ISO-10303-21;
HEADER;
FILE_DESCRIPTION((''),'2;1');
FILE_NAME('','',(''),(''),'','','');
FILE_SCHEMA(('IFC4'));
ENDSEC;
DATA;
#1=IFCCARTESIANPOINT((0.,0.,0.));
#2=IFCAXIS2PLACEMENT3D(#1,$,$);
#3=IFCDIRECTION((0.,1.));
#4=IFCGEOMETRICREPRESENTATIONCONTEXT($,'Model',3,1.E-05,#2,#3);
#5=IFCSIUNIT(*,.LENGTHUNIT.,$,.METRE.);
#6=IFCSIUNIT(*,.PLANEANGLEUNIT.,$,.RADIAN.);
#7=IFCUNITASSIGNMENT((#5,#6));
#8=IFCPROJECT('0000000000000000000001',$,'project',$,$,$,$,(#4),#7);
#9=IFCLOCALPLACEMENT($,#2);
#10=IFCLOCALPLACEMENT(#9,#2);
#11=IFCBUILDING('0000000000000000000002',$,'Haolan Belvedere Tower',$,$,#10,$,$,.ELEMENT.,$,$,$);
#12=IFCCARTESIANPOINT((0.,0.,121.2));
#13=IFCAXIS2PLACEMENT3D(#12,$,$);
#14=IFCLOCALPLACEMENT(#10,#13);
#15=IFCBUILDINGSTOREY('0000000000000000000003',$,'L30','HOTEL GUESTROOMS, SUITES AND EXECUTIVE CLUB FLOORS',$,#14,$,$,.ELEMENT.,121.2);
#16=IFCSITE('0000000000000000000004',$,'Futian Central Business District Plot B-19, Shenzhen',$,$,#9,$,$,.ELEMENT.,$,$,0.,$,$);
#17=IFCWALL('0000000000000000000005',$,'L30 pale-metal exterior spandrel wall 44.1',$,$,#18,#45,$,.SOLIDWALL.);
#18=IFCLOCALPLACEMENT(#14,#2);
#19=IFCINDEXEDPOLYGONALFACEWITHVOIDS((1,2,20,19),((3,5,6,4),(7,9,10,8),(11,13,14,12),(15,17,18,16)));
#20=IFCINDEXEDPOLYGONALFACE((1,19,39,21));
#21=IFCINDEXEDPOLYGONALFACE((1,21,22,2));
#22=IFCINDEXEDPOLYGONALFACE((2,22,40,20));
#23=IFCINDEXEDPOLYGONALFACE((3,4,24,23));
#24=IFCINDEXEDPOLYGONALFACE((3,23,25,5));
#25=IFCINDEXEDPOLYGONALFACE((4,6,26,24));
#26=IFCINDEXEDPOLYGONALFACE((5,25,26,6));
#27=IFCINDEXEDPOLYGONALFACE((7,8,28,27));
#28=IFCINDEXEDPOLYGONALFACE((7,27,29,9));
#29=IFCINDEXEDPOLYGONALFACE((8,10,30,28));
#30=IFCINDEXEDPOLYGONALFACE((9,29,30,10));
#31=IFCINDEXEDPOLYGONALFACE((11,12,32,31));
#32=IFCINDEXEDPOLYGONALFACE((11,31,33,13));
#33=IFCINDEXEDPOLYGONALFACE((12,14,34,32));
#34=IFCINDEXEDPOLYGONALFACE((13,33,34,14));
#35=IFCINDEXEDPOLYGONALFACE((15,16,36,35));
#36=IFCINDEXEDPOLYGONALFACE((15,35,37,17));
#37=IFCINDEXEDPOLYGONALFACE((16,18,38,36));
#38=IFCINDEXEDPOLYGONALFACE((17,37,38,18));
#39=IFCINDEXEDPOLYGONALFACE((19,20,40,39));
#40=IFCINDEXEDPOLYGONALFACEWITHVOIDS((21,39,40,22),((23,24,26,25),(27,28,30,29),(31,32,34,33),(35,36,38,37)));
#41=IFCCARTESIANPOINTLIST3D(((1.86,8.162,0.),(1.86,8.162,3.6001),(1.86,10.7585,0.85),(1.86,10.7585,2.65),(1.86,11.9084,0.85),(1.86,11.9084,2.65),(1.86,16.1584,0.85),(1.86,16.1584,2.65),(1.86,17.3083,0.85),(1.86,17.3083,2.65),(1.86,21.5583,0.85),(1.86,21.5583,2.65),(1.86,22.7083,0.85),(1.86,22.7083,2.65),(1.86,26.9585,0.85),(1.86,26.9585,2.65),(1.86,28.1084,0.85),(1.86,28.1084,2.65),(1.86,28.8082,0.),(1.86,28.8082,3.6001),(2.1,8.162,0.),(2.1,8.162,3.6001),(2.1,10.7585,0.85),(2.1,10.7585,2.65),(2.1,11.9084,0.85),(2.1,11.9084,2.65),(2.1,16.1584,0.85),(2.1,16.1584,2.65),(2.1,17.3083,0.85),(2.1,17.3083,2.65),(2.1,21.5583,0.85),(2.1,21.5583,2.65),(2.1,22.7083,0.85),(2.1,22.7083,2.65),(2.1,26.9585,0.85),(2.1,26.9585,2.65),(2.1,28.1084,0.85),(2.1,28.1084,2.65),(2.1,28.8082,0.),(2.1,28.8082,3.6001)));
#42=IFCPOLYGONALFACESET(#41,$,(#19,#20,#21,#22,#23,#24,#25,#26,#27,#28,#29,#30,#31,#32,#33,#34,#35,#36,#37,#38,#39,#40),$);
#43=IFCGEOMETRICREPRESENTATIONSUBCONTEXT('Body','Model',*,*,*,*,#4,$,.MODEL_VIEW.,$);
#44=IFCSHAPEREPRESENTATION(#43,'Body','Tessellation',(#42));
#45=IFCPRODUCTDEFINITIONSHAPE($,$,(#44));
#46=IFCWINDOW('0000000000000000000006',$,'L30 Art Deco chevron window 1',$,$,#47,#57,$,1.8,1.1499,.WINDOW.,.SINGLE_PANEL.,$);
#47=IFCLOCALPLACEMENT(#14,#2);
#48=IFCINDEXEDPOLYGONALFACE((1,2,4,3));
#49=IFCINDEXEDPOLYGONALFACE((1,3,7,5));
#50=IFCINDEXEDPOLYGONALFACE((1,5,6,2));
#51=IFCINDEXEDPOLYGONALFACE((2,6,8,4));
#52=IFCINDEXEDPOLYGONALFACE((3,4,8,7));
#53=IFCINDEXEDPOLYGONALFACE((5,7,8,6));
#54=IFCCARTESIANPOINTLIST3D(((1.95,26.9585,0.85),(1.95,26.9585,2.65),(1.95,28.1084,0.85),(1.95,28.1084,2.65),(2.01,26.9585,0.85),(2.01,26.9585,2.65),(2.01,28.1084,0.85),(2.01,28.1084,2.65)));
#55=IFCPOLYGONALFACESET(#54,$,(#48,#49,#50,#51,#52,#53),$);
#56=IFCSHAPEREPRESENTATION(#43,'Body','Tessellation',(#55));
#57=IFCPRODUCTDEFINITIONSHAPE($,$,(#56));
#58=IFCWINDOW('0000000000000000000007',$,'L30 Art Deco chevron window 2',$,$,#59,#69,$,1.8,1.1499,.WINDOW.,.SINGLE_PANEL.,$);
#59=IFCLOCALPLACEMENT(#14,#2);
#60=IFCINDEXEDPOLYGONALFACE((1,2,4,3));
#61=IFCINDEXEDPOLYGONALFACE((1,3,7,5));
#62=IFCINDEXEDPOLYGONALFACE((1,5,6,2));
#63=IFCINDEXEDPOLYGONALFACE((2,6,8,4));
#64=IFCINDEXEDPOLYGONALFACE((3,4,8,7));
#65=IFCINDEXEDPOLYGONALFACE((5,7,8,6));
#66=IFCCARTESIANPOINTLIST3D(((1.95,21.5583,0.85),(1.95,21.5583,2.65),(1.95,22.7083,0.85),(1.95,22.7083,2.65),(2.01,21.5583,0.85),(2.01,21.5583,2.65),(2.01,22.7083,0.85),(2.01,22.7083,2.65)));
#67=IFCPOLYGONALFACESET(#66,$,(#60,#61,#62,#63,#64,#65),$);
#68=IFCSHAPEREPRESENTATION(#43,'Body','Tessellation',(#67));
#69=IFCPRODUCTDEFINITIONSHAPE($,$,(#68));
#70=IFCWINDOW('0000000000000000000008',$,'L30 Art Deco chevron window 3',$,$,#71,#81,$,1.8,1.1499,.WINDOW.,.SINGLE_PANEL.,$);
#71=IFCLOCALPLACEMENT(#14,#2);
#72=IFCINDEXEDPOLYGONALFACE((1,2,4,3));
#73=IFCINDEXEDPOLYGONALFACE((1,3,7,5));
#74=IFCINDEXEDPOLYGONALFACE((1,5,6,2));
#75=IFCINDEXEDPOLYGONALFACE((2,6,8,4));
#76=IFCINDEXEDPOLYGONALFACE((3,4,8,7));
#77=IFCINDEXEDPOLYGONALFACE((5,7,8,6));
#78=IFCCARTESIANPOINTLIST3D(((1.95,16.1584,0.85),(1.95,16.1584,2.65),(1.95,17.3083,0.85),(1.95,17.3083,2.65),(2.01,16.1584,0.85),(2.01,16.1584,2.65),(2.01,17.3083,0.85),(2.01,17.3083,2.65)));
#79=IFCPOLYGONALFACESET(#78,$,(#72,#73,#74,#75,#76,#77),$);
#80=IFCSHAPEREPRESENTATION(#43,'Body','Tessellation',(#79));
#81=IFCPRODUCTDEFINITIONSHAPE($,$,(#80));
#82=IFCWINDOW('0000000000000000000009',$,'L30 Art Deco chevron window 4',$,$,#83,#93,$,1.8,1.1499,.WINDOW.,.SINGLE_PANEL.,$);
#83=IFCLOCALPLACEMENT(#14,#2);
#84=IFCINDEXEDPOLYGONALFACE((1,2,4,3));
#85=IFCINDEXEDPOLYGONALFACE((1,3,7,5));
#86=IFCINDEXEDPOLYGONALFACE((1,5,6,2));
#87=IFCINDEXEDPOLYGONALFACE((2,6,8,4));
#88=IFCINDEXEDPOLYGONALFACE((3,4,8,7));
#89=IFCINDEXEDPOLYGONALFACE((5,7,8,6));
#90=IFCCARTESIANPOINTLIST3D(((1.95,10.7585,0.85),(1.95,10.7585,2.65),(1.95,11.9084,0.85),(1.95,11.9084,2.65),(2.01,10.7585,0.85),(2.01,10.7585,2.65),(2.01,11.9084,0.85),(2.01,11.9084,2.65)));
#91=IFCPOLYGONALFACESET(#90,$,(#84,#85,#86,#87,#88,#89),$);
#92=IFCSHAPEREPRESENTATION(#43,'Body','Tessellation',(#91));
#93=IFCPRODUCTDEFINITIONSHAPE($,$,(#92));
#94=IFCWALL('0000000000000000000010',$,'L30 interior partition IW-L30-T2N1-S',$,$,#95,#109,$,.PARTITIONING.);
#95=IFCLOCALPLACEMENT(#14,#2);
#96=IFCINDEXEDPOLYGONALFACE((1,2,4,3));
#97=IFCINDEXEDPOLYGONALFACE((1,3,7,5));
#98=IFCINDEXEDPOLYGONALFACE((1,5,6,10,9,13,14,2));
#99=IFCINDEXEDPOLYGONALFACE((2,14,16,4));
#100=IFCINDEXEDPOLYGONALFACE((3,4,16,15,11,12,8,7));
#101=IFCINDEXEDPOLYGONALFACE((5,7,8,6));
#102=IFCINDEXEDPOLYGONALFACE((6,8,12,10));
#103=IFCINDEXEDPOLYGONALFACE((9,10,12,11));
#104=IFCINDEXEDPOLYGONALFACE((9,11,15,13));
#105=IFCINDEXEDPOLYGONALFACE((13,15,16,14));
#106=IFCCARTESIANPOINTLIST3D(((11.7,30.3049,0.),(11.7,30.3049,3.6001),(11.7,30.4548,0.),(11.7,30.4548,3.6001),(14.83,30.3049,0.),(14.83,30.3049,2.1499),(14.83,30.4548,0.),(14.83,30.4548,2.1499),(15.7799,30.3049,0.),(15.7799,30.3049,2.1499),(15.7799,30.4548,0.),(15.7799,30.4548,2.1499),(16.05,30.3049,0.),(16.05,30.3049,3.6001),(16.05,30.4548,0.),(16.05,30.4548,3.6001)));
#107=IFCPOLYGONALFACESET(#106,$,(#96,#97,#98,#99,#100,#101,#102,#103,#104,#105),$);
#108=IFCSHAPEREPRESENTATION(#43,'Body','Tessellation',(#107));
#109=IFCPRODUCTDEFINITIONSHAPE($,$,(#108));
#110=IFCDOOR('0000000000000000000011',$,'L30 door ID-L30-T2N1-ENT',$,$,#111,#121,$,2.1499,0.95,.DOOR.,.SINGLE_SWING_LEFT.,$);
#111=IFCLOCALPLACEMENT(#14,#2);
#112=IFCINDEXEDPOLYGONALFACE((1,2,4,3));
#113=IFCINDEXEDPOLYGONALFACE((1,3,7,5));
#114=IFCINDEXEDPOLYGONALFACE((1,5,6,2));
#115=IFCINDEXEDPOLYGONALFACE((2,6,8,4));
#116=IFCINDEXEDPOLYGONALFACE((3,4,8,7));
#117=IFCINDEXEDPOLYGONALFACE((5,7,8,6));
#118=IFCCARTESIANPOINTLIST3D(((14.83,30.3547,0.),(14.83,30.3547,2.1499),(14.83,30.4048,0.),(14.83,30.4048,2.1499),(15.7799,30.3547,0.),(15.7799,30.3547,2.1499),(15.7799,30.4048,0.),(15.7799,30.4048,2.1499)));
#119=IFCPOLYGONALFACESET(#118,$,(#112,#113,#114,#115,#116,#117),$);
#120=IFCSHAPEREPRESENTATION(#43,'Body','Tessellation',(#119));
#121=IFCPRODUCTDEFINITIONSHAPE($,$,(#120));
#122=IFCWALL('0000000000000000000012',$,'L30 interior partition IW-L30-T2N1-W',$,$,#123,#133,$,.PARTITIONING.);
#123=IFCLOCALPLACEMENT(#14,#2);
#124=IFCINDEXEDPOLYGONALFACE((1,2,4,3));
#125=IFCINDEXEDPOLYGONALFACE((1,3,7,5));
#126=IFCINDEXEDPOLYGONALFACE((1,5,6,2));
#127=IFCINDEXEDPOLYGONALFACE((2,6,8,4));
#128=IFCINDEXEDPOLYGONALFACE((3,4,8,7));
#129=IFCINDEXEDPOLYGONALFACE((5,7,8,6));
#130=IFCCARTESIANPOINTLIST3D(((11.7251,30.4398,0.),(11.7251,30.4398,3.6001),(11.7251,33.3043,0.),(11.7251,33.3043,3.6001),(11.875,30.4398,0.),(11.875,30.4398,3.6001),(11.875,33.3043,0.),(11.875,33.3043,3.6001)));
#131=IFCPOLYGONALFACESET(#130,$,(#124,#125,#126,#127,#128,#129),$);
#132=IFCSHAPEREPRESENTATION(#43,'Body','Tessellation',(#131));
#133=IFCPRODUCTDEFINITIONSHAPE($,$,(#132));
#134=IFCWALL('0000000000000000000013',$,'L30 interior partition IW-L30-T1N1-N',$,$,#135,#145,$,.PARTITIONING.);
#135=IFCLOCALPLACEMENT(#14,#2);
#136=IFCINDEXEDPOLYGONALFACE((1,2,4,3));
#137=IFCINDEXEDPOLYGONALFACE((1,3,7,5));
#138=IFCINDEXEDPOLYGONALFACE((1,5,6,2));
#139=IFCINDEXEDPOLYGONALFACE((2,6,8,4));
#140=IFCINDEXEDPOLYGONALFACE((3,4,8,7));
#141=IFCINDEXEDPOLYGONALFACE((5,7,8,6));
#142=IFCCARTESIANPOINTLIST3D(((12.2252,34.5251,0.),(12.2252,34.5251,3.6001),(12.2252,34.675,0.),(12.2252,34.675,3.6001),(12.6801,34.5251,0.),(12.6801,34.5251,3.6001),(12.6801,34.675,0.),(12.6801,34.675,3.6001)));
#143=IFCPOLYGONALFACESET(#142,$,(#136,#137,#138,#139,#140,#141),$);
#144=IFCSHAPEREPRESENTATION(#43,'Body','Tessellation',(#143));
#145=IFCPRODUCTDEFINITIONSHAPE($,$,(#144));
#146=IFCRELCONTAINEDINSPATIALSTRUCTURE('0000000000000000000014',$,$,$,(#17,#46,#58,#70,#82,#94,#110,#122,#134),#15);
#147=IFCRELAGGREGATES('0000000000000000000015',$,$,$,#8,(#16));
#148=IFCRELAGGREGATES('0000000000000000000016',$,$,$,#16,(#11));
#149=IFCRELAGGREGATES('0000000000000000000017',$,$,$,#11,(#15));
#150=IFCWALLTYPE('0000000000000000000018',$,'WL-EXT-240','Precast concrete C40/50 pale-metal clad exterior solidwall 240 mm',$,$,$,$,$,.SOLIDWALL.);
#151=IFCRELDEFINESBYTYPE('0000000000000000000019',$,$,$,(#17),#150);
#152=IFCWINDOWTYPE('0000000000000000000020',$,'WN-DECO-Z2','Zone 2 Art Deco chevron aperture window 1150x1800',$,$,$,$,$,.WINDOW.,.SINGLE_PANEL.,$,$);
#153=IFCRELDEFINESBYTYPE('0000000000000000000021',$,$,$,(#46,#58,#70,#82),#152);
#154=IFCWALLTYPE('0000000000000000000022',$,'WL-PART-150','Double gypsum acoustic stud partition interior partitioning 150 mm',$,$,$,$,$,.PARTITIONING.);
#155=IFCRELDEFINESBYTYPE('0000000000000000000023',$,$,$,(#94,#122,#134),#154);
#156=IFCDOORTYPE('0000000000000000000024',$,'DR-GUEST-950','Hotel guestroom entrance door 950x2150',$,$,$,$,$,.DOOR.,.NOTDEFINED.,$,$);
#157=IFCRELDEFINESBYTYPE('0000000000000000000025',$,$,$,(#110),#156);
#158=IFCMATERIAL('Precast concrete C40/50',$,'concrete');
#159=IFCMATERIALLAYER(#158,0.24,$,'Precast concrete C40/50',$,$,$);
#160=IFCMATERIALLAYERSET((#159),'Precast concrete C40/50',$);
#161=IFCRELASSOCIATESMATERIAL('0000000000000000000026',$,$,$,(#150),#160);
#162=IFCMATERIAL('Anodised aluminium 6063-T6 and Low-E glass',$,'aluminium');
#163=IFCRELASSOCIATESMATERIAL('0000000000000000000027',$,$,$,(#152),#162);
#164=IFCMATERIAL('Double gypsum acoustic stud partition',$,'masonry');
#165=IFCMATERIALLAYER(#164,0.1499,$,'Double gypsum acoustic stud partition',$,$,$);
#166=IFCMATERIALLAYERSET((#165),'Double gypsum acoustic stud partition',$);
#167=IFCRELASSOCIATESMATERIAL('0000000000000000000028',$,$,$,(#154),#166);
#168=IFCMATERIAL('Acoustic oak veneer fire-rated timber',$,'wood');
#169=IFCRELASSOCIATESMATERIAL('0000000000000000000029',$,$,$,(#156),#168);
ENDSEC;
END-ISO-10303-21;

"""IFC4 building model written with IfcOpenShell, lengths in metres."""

from ifc_helpers import new_model, si_unit, direction, frame, frame_2d, origin, place, context, subcontext, project, spatial, rectangle, extrude, material, layer, layer_set, type_object, element, fill, save


model = new_model("IFC4")

# Units and contexts
model_context = context("Model", 3, precision=1e-05, world=origin(), true_north=direction((0.0, 1.0)))
body_context = subcontext(model_context, "Body", "Model", "MODEL_VIEW")
ifc_project = project(units=[si_unit("LENGTHUNIT", "METRE"), si_unit("PLANEANGLEUNIT", "RADIAN")], contexts=[model_context])

# Site, building, storey
site_placement = place(None, origin())
site = spatial("IfcSite", under=ifc_project, at=site_placement, Name="Futian Central Business District Plot B-19, Shenzhen", CompositionType="ELEMENT", RefElevation=0.0)
building_placement = place(site_placement, origin())
building = spatial("IfcBuilding", under=site, at=building_placement, Name="Haolan Belvedere Tower", CompositionType="ELEMENT")
storey_placement = place(building_placement, frame((0.0, 0.0, 121.2)))
storey = spatial("IfcBuildingStorey", under=building, at=storey_placement, Name="L30", Description="HOTEL GUESTROOMS, SUITES AND EXECUTIVE CLUB FLOORS", CompositionType="ELEMENT", Elevation=121.2)

# Shared definitions
ifc_material_1 = material(Name="Precast concrete C40/50", Category="concrete")
ifc_layer_1 = layer(ifc_material_1, 0.24, Name="Precast concrete C40/50")
ifc_layer_set_1 = layer_set([ifc_layer_1], Name="Precast concrete C40/50")
wall_type_1 = type_object("IfcWallType", Name="WL-EXT-240", Description="Precast concrete C40/50 pale-metal clad exterior solidwall 240 mm", PredefinedType="SOLIDWALL", material=ifc_layer_set_1)

# Shared definitions
ifc_material_2 = material(Name="Anodised aluminium 6063-T6 and Low-E glass", Category="aluminium")
window_type = type_object("IfcWindowType", Name="WN-DECO-Z2", Description="Zone 2 Art Deco chevron aperture window 1150x1800", PartitioningType="SINGLE_PANEL", PredefinedType="WINDOW", material=ifc_material_2)

# Wall, openings, windows
wall_1_placement = place(storey_placement, frame((1.98, 28.8083, 0.0), z_axis=(0.0, 0.0, 1.0), x_axis=(0.0, -1.0, 0.0)))
wall_1 = element("IfcWall", 1, at=wall_1_placement, inside=storey, type_object=wall_type_1, Name="L30 pale-metal exterior spandrel wall 44.1", PredefinedType="SOLIDWALL", context=body_context, shape_type="SweptSolid", body=[
    extrude(rectangle(XDim=20.6462, YDim=0.24, at=frame_2d((10.3232, 0.0))), origin(), (0.0, 0.0, 1.0), 3.6001),
])
opening_1_placement = place(wall_1_placement, frame((0.7, 0.0, 0.8501)))
opening_1 = element("IfcOpeningElement", 2, at=opening_1_placement, cuts=wall_1, PredefinedType="OPENING", context=body_context, shape_type="SweptSolid", body=[
    extrude(rectangle(XDim=1.1499, YDim=1.8, at=frame_2d((0.575, 0.8999))), frame((0.0, 0.1299, 0.0), z_axis=(0.0, -1.0, 0.0), x_axis=(1.0, 0.0, 0.0)), (0.0, 0.0, 1.0), 0.26),
])
opening_2_placement = place(wall_1_placement, frame((6.1001, 0.0, 0.8501)))
opening_2 = element("IfcOpeningElement", 3, at=opening_2_placement, cuts=wall_1, PredefinedType="OPENING", context=body_context, shape_type="SweptSolid", body=[
    extrude(rectangle(XDim=1.1499, YDim=1.8, at=frame_2d((0.575, 0.8999))), frame((0.0, 0.1299, 0.0), z_axis=(0.0, -1.0, 0.0), x_axis=(1.0, 0.0, 0.0)), (0.0, 0.0, 1.0), 0.26),
])
opening_3_placement = place(wall_1_placement, frame((11.5, 0.0, 0.8501)))
opening_3 = element("IfcOpeningElement", 4, at=opening_3_placement, cuts=wall_1, PredefinedType="OPENING", context=body_context, shape_type="SweptSolid", body=[
    extrude(rectangle(XDim=1.1499, YDim=1.8, at=frame_2d((0.575, 0.8999))), frame((0.0, 0.1299, 0.0), z_axis=(0.0, -1.0, 0.0), x_axis=(1.0, 0.0, 0.0)), (0.0, 0.0, 1.0), 0.26),
])
opening_4_placement = place(wall_1_placement, frame((16.8999, 0.0, 0.8501)))
opening_4 = element("IfcOpeningElement", 5, at=opening_4_placement, cuts=wall_1, PredefinedType="OPENING", context=body_context, shape_type="SweptSolid", body=[
    extrude(rectangle(XDim=1.1499, YDim=1.8, at=frame_2d((0.575, 0.8999))), frame((0.0, 0.1299, 0.0), z_axis=(0.0, -1.0, 0.0), x_axis=(1.0, 0.0, 0.0)), (0.0, 0.0, 1.0), 0.26),
])
window_1_placement = place(opening_1_placement, origin())
window_1 = element("IfcWindow", 6, at=window_1_placement, inside=storey, type_object=window_type, Name="L30 Art Deco chevron window 1", OverallHeight=1.8, OverallWidth=1.1499, PartitioningType="SINGLE_PANEL", PredefinedType="WINDOW", context=body_context, shape_type="SweptSolid", body=[
    extrude(rectangle(XDim=1.1499, YDim=1.8, at=frame_2d((0.575, 0.8999))), frame((0.0, 0.03, 0.0), z_axis=(0.0, -1.0, 0.0), x_axis=(1.0, 0.0, 0.0)), (0.0, 0.0, 1.0), 0.0601),
])
fill(opening_1, window_1)
window_2_placement = place(opening_2_placement, origin())
window_2 = element("IfcWindow", 7, at=window_2_placement, inside=storey, type_object=window_type, Name="L30 Art Deco chevron window 2", OverallHeight=1.8, OverallWidth=1.1499, PartitioningType="SINGLE_PANEL", PredefinedType="WINDOW", context=body_context, shape_type="SweptSolid", body=[
    extrude(rectangle(XDim=1.1499, YDim=1.8, at=frame_2d((0.575, 0.8999))), frame((0.0, 0.03, 0.0), z_axis=(0.0, -1.0, 0.0), x_axis=(1.0, 0.0, 0.0)), (0.0, 0.0, 1.0), 0.0601),
])
fill(opening_2, window_2)
window_3_placement = place(opening_3_placement, origin())
window_3 = element("IfcWindow", 8, at=window_3_placement, inside=storey, type_object=window_type, Name="L30 Art Deco chevron window 3", OverallHeight=1.8, OverallWidth=1.1499, PartitioningType="SINGLE_PANEL", PredefinedType="WINDOW", context=body_context, shape_type="SweptSolid", body=[
    extrude(rectangle(XDim=1.1499, YDim=1.8, at=frame_2d((0.575, 0.8999))), frame((0.0, 0.03, 0.0), z_axis=(0.0, -1.0, 0.0), x_axis=(1.0, 0.0, 0.0)), (0.0, 0.0, 1.0), 0.0601),
])
fill(opening_3, window_3)
window_4_placement = place(opening_4_placement, origin())
window_4 = element("IfcWindow", 9, at=window_4_placement, inside=storey, type_object=window_type, Name="L30 Art Deco chevron window 4", OverallHeight=1.8, OverallWidth=1.1499, PartitioningType="SINGLE_PANEL", PredefinedType="WINDOW", context=body_context, shape_type="SweptSolid", body=[
    extrude(rectangle(XDim=1.1499, YDim=1.8, at=frame_2d((0.575, 0.8999))), frame((0.0, 0.03, 0.0), z_axis=(0.0, -1.0, 0.0), x_axis=(1.0, 0.0, 0.0)), (0.0, 0.0, 1.0), 0.0601),
])
fill(opening_4, window_4)

# Wall, opening, door
ifc_material_3 = material(Name="Double gypsum acoustic stud partition", Category="masonry")
ifc_layer_2 = layer(ifc_material_3, 0.1499, Name="Double gypsum acoustic stud partition")
ifc_layer_set_2 = layer_set([ifc_layer_2], Name="Double gypsum acoustic stud partition")
wall_type_2 = type_object("IfcWallType", Name="WL-PART-150", Description="Double gypsum acoustic stud partition interior partitioning 150 mm", PredefinedType="PARTITIONING", material=ifc_layer_set_2)
wall_2_placement = place(storey_placement, frame((11.7, 30.3799, 0.0), z_axis=(0.0, 0.0, 1.0), x_axis=(1.0, 0.0, 0.0)))
wall_2 = element("IfcWall", 10, at=wall_2_placement, inside=storey, type_object=wall_type_2, Name="L30 interior partition IW-L30-T2N1-S", PredefinedType="PARTITIONING", context=body_context, shape_type="SweptSolid", body=[
    extrude(rectangle(XDim=4.3501, YDim=0.1499, at=frame_2d((2.175, 0.0))), origin(), (0.0, 0.0, 1.0), 3.6001),
])
opening_5_placement = place(wall_2_placement, frame((3.1299, 0.0, 0.0)))
opening_5 = element("IfcOpeningElement", 11, at=opening_5_placement, cuts=wall_2, PredefinedType="OPENING", context=body_context, shape_type="SweptSolid", body=[
    extrude(rectangle(XDim=0.95, YDim=2.1499, at=frame_2d((0.4751, 1.075))), frame((0.0, 0.085, 0.0), z_axis=(0.0, -1.0, 0.0), x_axis=(1.0, 0.0, 0.0)), (0.0, 0.0, 1.0), 0.1699),
])
ifc_material_4 = material(Name="Acoustic oak veneer fire-rated timber", Category="wood")
door_type_1 = type_object("IfcDoorType", Name="DR-GUEST-950", Description="Hotel guestroom entrance door 950x2150", OperationType="NOTDEFINED", PredefinedType="DOOR", material=ifc_material_4)
door_1_placement = place(opening_5_placement, origin())
door_1 = element("IfcDoor", 12, at=door_1_placement, inside=storey, type_object=door_type_1, Name="L30 door ID-L30-T2N1-ENT", OperationType="SINGLE_SWING_LEFT", OverallHeight=2.1499, OverallWidth=0.95, PredefinedType="DOOR", context=body_context, shape_type="SweptSolid", body=[
    extrude(rectangle(XDim=0.95, YDim=2.1499, at=frame_2d((0.4751, 1.075))), frame((0.0, 0.0249, 0.0), z_axis=(0.0, -1.0, 0.0), x_axis=(1.0, 0.0, 0.0)), (0.0, 0.0, 1.0), 0.05),
])
fill(opening_5, door_1)

# Walls
wall_3_placement = place(storey_placement, frame((11.8, 30.4399, 0.0), z_axis=(0.0, 0.0, 1.0), x_axis=(0.0, 1.0, 0.0)))
element("IfcWall", 13, at=wall_3_placement, inside=storey, type_object=wall_type_2, Name="L30 interior partition IW-L30-T2N1-W", PredefinedType="PARTITIONING", context=body_context, shape_type="SweptSolid", body=[
    extrude(rectangle(XDim=2.8645, YDim=0.1499, at=frame_2d((1.4321, 0.0))), origin(), (0.0, 0.0, 1.0), 3.6001),
])
wall_4_placement = place(storey_placement, frame((12.2251, 34.6001, 0.0), z_axis=(0.0, 0.0, 1.0), x_axis=(1.0, 0.0, 0.0)))
element("IfcWall", 14, at=wall_4_placement, inside=storey, type_object=wall_type_2, Name="L30 interior partition IW-L30-T1N1-N", PredefinedType="PARTITIONING", context=body_context, shape_type="SweptSolid", body=[
    extrude(rectangle(XDim=0.4548, YDim=0.1499, at=frame_2d((0.2275, 0.0))), origin(), (0.0, 0.0, 1.0), 3.6001),
])

save(model, "model.ifc")
